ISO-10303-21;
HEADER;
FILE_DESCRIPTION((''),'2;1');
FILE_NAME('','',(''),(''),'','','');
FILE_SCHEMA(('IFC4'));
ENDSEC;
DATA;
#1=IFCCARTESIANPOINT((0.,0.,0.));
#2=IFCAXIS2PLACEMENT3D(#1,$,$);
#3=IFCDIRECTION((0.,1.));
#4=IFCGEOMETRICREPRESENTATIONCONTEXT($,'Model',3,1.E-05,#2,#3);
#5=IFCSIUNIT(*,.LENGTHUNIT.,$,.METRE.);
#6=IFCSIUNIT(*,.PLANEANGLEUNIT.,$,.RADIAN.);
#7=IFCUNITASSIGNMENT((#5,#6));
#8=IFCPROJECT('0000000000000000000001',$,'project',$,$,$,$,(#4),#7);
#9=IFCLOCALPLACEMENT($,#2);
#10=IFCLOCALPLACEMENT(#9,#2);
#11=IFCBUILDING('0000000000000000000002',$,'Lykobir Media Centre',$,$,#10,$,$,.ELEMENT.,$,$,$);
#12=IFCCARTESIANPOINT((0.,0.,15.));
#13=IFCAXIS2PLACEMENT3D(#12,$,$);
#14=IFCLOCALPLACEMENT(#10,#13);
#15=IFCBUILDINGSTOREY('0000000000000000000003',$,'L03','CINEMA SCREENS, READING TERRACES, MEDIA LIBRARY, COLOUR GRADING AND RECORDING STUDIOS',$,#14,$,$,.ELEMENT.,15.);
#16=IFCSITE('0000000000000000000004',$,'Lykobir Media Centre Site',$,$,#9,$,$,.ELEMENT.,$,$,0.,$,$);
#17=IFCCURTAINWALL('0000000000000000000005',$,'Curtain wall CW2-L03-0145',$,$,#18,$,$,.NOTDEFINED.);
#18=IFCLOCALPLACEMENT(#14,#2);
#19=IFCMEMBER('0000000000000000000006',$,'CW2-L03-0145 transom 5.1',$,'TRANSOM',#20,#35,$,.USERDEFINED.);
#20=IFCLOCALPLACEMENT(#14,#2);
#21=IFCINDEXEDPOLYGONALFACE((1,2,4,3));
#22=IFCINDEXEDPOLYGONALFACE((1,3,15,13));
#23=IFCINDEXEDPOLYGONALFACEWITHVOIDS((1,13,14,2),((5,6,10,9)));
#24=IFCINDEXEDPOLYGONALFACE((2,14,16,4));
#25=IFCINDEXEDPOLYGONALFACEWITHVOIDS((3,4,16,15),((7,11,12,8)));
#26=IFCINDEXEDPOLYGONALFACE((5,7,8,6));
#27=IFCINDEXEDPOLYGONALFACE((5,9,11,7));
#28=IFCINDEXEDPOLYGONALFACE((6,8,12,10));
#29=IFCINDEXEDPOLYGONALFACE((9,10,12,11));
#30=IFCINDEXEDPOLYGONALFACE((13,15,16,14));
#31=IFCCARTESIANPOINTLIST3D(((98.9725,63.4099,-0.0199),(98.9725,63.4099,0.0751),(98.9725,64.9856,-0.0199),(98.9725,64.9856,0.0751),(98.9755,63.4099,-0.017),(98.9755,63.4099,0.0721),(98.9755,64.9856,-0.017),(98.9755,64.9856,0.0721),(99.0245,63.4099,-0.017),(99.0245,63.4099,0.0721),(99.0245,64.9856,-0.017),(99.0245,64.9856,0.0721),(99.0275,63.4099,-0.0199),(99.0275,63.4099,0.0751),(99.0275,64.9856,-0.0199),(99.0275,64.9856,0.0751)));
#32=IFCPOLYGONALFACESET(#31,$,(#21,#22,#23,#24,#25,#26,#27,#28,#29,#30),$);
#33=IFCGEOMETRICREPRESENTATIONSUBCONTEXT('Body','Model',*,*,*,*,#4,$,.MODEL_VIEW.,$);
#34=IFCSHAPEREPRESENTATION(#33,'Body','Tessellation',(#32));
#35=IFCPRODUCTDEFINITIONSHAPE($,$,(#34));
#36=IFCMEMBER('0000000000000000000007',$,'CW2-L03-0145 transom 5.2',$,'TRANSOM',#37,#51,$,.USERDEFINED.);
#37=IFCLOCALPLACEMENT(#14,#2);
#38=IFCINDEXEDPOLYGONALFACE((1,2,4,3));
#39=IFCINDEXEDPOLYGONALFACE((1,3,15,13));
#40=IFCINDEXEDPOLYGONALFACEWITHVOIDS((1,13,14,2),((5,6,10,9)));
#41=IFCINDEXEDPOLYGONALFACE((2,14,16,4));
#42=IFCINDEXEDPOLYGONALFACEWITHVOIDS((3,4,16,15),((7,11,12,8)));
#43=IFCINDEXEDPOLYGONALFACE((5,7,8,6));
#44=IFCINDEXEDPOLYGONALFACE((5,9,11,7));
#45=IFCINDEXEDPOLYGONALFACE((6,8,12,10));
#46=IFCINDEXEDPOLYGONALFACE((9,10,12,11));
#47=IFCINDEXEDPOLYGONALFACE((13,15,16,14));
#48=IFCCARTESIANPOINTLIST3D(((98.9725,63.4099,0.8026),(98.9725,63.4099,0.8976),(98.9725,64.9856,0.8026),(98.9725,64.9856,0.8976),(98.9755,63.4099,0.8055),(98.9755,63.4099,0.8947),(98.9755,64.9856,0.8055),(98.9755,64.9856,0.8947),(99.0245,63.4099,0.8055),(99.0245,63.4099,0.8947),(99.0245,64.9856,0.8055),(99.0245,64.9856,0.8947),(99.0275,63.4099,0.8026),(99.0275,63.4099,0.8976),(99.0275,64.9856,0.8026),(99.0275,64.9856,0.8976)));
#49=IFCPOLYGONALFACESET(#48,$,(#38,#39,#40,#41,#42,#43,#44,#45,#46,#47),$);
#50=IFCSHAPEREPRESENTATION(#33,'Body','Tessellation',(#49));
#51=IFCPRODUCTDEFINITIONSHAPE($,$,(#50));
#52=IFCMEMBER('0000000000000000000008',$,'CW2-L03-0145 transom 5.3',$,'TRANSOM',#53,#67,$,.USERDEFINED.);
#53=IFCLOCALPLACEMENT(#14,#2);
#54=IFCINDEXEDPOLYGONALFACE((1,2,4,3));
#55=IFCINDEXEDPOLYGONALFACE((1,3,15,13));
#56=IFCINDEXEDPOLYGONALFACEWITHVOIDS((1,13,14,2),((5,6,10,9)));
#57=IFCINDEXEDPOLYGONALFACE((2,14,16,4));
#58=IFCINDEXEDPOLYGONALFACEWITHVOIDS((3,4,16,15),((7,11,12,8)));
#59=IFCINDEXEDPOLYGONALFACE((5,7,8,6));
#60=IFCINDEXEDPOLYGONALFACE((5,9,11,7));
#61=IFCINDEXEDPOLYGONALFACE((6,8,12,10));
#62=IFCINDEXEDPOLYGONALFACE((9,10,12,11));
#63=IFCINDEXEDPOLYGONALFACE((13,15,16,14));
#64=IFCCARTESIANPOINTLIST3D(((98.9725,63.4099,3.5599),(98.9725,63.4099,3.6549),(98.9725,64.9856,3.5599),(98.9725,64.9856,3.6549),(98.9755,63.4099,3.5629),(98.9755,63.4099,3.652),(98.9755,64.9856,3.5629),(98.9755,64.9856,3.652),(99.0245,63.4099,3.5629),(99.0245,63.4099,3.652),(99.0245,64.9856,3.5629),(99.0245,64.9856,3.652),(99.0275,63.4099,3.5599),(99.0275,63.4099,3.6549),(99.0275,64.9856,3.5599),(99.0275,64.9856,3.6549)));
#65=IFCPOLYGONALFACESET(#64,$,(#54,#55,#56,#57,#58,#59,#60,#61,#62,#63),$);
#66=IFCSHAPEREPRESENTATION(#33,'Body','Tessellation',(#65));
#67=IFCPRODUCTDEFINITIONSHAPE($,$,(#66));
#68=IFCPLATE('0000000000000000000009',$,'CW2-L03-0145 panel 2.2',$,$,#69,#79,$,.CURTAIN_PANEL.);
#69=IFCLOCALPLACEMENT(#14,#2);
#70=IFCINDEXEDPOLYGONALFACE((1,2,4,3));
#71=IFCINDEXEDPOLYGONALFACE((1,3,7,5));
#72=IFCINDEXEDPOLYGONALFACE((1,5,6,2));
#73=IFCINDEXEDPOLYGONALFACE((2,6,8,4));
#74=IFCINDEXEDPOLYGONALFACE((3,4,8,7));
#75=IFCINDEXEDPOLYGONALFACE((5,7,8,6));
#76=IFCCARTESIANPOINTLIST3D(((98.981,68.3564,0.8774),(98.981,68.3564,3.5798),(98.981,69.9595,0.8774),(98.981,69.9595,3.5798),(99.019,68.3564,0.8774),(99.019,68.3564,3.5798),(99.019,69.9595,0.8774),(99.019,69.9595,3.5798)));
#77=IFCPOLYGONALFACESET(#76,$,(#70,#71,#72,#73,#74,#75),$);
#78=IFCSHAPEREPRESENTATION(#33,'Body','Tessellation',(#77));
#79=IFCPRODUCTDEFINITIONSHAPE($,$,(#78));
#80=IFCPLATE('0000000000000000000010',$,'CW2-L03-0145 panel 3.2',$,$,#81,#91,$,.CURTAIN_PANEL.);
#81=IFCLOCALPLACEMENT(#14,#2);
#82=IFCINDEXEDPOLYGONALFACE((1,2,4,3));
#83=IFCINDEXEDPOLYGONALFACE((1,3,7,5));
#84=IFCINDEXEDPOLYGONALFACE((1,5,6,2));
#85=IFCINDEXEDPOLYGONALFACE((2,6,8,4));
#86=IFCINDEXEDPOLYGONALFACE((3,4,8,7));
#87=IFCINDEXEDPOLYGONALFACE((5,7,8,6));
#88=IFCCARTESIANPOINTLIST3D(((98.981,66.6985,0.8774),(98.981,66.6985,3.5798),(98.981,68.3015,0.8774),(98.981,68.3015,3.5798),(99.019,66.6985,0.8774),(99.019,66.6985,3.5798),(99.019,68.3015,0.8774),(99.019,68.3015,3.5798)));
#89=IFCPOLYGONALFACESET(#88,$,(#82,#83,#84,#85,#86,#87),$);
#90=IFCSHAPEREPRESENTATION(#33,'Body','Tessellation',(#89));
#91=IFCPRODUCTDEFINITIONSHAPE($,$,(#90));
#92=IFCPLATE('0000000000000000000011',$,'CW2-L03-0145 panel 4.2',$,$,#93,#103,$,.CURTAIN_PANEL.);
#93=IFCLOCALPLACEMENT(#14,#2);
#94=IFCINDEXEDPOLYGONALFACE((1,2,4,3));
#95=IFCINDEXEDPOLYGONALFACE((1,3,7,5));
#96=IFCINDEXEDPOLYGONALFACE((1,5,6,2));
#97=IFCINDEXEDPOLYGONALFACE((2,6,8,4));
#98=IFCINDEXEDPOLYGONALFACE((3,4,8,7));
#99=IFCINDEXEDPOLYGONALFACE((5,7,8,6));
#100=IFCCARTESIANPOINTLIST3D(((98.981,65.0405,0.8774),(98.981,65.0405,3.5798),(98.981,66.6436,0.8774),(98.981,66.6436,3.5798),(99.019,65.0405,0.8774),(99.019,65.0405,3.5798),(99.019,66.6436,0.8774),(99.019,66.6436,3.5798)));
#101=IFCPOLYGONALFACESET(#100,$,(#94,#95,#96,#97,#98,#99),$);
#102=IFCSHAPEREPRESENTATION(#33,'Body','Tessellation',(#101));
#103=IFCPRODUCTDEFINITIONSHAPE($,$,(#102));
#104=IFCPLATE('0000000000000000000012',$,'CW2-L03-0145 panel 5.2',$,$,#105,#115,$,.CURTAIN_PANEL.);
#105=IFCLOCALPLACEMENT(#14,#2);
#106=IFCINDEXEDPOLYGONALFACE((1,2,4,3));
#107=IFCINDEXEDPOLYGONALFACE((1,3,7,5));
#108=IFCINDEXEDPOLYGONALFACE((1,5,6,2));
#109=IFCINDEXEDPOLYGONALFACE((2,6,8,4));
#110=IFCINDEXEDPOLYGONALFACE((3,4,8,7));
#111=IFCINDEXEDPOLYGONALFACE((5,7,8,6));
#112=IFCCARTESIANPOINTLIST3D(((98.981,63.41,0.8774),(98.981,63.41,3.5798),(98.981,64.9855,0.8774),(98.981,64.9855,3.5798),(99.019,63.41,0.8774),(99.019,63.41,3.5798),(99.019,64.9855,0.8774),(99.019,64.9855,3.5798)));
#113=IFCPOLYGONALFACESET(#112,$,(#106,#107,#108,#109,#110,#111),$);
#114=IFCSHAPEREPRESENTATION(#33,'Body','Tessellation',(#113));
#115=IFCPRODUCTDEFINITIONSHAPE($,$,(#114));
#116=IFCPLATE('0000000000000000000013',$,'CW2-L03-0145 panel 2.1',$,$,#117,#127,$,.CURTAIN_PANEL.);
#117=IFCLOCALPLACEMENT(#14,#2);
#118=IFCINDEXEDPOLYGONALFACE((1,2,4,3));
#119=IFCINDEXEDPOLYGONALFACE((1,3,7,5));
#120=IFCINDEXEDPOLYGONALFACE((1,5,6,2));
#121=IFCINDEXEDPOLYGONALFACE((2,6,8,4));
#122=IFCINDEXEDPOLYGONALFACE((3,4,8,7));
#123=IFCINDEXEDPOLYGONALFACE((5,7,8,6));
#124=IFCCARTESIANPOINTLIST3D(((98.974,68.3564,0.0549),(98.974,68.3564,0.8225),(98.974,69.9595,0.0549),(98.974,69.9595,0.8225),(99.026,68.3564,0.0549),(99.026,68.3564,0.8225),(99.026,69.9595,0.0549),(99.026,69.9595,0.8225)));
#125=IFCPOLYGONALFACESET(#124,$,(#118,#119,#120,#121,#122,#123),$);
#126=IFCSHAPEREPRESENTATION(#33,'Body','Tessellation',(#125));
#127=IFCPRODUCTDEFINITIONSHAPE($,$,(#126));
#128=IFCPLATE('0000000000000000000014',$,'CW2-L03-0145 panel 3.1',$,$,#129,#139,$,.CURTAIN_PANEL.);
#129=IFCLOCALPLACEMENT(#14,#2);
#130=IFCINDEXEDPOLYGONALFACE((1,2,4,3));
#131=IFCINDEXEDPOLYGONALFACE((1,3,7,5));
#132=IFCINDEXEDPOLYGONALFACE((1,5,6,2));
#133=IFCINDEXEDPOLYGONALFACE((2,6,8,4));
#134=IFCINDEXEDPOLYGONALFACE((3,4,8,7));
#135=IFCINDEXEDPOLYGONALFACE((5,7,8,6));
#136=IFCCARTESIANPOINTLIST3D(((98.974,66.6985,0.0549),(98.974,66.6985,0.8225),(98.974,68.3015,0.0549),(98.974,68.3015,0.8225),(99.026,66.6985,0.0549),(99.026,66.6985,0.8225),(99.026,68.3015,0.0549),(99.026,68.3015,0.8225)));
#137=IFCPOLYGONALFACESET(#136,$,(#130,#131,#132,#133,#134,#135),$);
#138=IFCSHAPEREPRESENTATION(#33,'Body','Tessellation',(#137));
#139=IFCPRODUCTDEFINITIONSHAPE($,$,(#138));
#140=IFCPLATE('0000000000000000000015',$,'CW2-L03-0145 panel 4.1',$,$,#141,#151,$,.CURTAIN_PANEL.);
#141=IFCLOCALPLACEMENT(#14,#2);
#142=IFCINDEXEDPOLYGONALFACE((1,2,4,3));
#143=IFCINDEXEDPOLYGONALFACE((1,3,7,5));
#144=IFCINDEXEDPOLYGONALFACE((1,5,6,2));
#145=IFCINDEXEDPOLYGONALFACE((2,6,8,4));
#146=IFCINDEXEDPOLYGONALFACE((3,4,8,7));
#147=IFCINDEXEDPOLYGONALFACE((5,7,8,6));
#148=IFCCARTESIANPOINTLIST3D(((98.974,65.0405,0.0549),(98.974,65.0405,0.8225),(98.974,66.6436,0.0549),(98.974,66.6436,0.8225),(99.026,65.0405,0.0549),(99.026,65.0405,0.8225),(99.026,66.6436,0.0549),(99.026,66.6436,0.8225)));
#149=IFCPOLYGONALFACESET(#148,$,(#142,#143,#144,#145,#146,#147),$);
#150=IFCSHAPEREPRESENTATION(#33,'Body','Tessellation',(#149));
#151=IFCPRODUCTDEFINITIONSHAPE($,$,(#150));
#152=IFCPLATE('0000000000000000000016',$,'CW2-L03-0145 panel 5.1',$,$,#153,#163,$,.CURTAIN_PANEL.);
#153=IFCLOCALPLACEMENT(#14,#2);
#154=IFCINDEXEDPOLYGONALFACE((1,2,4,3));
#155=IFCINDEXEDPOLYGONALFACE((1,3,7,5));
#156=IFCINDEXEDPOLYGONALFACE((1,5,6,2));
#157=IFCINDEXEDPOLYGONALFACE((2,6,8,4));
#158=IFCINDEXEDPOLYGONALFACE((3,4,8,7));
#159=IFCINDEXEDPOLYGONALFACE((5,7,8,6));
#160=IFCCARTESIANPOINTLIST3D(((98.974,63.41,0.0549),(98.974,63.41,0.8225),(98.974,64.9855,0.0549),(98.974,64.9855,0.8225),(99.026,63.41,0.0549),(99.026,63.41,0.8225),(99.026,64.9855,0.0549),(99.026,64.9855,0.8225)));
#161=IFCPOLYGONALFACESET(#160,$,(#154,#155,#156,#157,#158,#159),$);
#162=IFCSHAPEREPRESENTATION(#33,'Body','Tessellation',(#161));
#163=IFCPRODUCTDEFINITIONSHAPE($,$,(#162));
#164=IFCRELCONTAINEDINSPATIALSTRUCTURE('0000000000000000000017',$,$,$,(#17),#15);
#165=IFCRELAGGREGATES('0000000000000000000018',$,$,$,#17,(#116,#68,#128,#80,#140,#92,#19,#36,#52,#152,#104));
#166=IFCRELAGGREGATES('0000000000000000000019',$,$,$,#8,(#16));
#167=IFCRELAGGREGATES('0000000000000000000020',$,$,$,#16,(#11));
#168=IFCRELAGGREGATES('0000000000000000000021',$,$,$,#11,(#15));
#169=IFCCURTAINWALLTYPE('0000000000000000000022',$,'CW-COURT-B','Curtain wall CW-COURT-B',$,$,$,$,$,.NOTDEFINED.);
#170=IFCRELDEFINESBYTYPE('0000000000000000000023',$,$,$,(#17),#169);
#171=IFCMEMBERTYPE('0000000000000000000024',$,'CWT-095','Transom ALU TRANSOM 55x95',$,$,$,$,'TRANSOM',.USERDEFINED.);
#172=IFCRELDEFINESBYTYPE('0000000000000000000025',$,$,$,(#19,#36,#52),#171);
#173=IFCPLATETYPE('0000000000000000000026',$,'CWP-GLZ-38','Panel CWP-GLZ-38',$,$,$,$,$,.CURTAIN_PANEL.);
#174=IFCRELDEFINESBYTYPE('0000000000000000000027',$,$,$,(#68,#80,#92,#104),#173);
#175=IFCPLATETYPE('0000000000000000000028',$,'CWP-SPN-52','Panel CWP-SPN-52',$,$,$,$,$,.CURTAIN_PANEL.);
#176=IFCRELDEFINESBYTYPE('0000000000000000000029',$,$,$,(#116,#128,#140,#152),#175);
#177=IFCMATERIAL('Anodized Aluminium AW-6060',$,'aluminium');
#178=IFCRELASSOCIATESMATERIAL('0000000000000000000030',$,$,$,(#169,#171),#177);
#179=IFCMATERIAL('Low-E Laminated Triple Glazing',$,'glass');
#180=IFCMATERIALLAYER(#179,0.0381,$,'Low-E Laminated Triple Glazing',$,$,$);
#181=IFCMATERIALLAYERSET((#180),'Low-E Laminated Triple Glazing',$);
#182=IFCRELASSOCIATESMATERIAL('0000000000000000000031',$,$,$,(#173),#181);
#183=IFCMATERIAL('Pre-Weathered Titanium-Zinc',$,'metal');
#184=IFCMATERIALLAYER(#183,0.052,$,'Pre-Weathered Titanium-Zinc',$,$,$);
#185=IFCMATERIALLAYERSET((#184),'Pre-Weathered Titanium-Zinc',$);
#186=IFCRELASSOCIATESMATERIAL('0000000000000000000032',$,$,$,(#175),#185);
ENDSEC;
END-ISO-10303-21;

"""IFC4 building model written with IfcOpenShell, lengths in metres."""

from ifc_helpers import new_model, si_unit, direction, frame, origin, origin_2d, place, context, subcontext, project, spatial, rectangle, hollow_rectangle, extrude, material, layer, layer_set, material_profile, profile_set, type_object, element, aggregate, save


model = new_model("IFC4")

# Units and contexts
model_context = context("Model", 3, precision=1e-05, world=origin(), true_north=direction((0.0, 1.0)))
body_context = subcontext(model_context, "Body", "Model", "MODEL_VIEW")
ifc_project = project(units=[si_unit("LENGTHUNIT", "METRE"), si_unit("PLANEANGLEUNIT", "RADIAN")], contexts=[model_context])

# Site, building, storey
site_placement = place(None, origin())
site = spatial("IfcSite", under=ifc_project, at=site_placement, Name="Lykobir Media Centre Site", CompositionType="ELEMENT", RefElevation=0.0)
building_placement = place(site_placement, origin())
building = spatial("IfcBuilding", under=site, at=building_placement, Name="Lykobir Media Centre", CompositionType="ELEMENT")
storey_placement = place(building_placement, frame((0.0, 0.0, 15.0)))
storey = spatial("IfcBuildingStorey", under=building, at=storey_placement, Name="L03", Description="CINEMA SCREENS, READING TERRACES, MEDIA LIBRARY, COLOUR GRADING AND RECORDING STUDIOS", CompositionType="ELEMENT", Elevation=15.0)

# Curtain wall, members, plates
ifc_material_1 = material(Name="Anodized Aluminium AW-6060", Category="aluminium")
curtain_wall_type = type_object("IfcCurtainWallType", Name="CW-COURT-B", Description="Curtain wall CW-COURT-B", PredefinedType="NOTDEFINED", material=ifc_material_1)
curtain_wall_placement = place(storey_placement, origin())
curtain_wall = element("IfcCurtainWall", 1, at=curtain_wall_placement, inside=storey, type_object=curtain_wall_type, Name="Curtain wall CW2-L03-0145", PredefinedType="NOTDEFINED")
ifc_material_profile_1 = material_profile(ifc_material_1, hollow_rectangle(XDim=0.0549, YDim=0.095, WallThickness=0.0029, at=origin_2d()), Name="ALU TRANSOM 55x95")
ifc_profile_set_1 = profile_set([ifc_material_profile_1], Name="Anodized Aluminium AW-6060")
member_type_1 = type_object("IfcMemberType", Name="CWT-095", Description="Transom ALU TRANSOM 55x95", ElementType="TRANSOM", PredefinedType="USERDEFINED", material=ifc_profile_set_1)
member_1_placement = place(storey_placement, frame((99.0, 64.9856, 0.0276), z_axis=(0.0, -1.0, 0.0), x_axis=(1.0, 0.0, 0.0)))
member_1 = element("IfcMember", 2, at=member_1_placement, type_object=member_type_1, Name="CW2-L03-0145 transom 5.1", ObjectType="TRANSOM", PredefinedType="USERDEFINED", context=body_context, shape_type="SweptSolid", body=[
    extrude(hollow_rectangle(XDim=0.0549, YDim=0.095, WallThickness=0.0029, at=origin_2d()), origin(), (0.0, 0.0, 1.0), 1.5757),
])
member_2_placement = place(storey_placement, frame((99.0, 64.9856, 0.8501), z_axis=(0.0, -1.0, 0.0), x_axis=(1.0, 0.0, 0.0)))
member_2 = element("IfcMember", 3, at=member_2_placement, type_object=member_type_1, Name="CW2-L03-0145 transom 5.2", ObjectType="TRANSOM", PredefinedType="USERDEFINED", context=body_context, shape_type="SweptSolid", body=[
    extrude(hollow_rectangle(XDim=0.0549, YDim=0.095, WallThickness=0.0029, at=origin_2d()), origin(), (0.0, 0.0, 1.0), 1.5757),
])
member_3_placement = place(storey_placement, frame((99.0, 64.9856, 3.6074), z_axis=(0.0, -1.0, 0.0), x_axis=(1.0, 0.0, 0.0)))
member_3 = element("IfcMember", 4, at=member_3_placement, type_object=member_type_1, Name="CW2-L03-0145 transom 5.3", ObjectType="TRANSOM", PredefinedType="USERDEFINED", context=body_context, shape_type="SweptSolid", body=[
    extrude(hollow_rectangle(XDim=0.0549, YDim=0.095, WallThickness=0.0029, at=origin_2d()), origin(), (0.0, 0.0, 1.0), 1.5757),
])
ifc_material_2 = material(Name="Low-E Laminated Triple Glazing", Category="glass")
ifc_layer_1 = layer(ifc_material_2, 0.0381, Name="Low-E Laminated Triple Glazing")
ifc_layer_set_1 = layer_set([ifc_layer_1], Name="Low-E Laminated Triple Glazing")
plate_type_1 = type_object("IfcPlateType", Name="CWP-GLZ-38", Description="Panel CWP-GLZ-38", PredefinedType="CURTAIN_PANEL", material=ifc_layer_set_1)
plate_1_placement = place(storey_placement, frame((99.0, 69.158, 0.8774), z_axis=(0.0, 0.0, 1.0), x_axis=(0.0, -1.0, 0.0)))
plate_1 = element("IfcPlate", 5, at=plate_1_placement, type_object=plate_type_1, Name="CW2-L03-0145 panel 2.2", PredefinedType="CURTAIN_PANEL", context=body_context, shape_type="SweptSolid", body=[
    extrude(rectangle(XDim=1.603, YDim=0.0381, at=origin_2d()), origin(), (0.0, 0.0, 1.0), 2.7024),
])
plate_2_placement = place(storey_placement, frame((99.0, 67.5, 0.8774), z_axis=(0.0, 0.0, 1.0), x_axis=(0.0, -1.0, 0.0)))
plate_2 = element("IfcPlate", 6, at=plate_2_placement, type_object=plate_type_1, Name="CW2-L03-0145 panel 3.2", PredefinedType="CURTAIN_PANEL", context=body_context, shape_type="SweptSolid", body=[
    extrude(rectangle(XDim=1.603, YDim=0.0381, at=origin_2d()), origin(), (0.0, 0.0, 1.0), 2.7024),
])
plate_3_placement = place(storey_placement, frame((99.0, 65.842, 0.8774), z_axis=(0.0, 0.0, 1.0), x_axis=(0.0, -1.0, 0.0)))
plate_3 = element("IfcPlate", 7, at=plate_3_placement, type_object=plate_type_1, Name="CW2-L03-0145 panel 4.2", PredefinedType="CURTAIN_PANEL", context=body_context, shape_type="SweptSolid", body=[
    extrude(rectangle(XDim=1.603, YDim=0.0381, at=origin_2d()), origin(), (0.0, 0.0, 1.0), 2.7024),
])
plate_4_placement = place(storey_placement, frame((99.0, 64.1978, 0.8774), z_axis=(0.0, 0.0, 1.0), x_axis=(0.0, -1.0, 0.0)))
plate_4 = element("IfcPlate", 8, at=plate_4_placement, type_object=plate_type_1, Name="CW2-L03-0145 panel 5.2", PredefinedType="CURTAIN_PANEL", context=body_context, shape_type="SweptSolid", body=[
    extrude(rectangle(XDim=1.5754, YDim=0.0381, at=origin_2d()), origin(), (0.0, 0.0, 1.0), 2.7024),
])
ifc_material_3 = material(Name="Pre-Weathered Titanium-Zinc", Category="metal")
ifc_layer_2 = layer(ifc_material_3, 0.052, Name="Pre-Weathered Titanium-Zinc")
ifc_layer_set_2 = layer_set([ifc_layer_2], Name="Pre-Weathered Titanium-Zinc")
plate_type_2 = type_object("IfcPlateType", Name="CWP-SPN-52", Description="Panel CWP-SPN-52", PredefinedType="CURTAIN_PANEL", material=ifc_layer_set_2)
plate_5_placement = place(storey_placement, frame((99.0, 69.158, 0.0549), z_axis=(0.0, 0.0, 1.0), x_axis=(0.0, -1.0, 0.0)))
plate_5 = element("IfcPlate", 9, at=plate_5_placement, type_object=plate_type_2, Name="CW2-L03-0145 panel 2.1", PredefinedType="CURTAIN_PANEL", context=body_context, shape_type="SweptSolid", body=[
    extrude(rectangle(XDim=1.603, YDim=0.052, at=origin_2d()), origin(), (0.0, 0.0, 1.0), 0.7676),
])
plate_6_placement = place(storey_placement, frame((99.0, 67.5, 0.0549), z_axis=(0.0, 0.0, 1.0), x_axis=(0.0, -1.0, 0.0)))
plate_6 = element("IfcPlate", 10, at=plate_6_placement, type_object=plate_type_2, Name="CW2-L03-0145 panel 3.1", PredefinedType="CURTAIN_PANEL", context=body_context, shape_type="SweptSolid", body=[
    extrude(rectangle(XDim=1.603, YDim=0.052, at=origin_2d()), origin(), (0.0, 0.0, 1.0), 0.7676),
])
plate_7_placement = place(storey_placement, frame((99.0, 65.842, 0.0549), z_axis=(0.0, 0.0, 1.0), x_axis=(0.0, -1.0, 0.0)))
plate_7 = element("IfcPlate", 11, at=plate_7_placement, type_object=plate_type_2, Name="CW2-L03-0145 panel 4.1", PredefinedType="CURTAIN_PANEL", context=body_context, shape_type="SweptSolid", body=[
    extrude(rectangle(XDim=1.603, YDim=0.052, at=origin_2d()), origin(), (0.0, 0.0, 1.0), 0.7676),
])
plate_8_placement = place(storey_placement, frame((99.0, 64.1978, 0.0549), z_axis=(0.0, 0.0, 1.0), x_axis=(0.0, -1.0, 0.0)))
plate_8 = element("IfcPlate", 12, at=plate_8_placement, type_object=plate_type_2, Name="CW2-L03-0145 panel 5.1", PredefinedType="CURTAIN_PANEL", context=body_context, shape_type="SweptSolid", body=[
    extrude(rectangle(XDim=1.5754, YDim=0.052, at=origin_2d()), origin(), (0.0, 0.0, 1.0), 0.7676),
])
aggregate(curtain_wall, [plate_5, plate_1, plate_6, plate_2, plate_7, plate_3, member_1, member_2, member_3, plate_8, plate_4])

save(model, "model.ifc")
